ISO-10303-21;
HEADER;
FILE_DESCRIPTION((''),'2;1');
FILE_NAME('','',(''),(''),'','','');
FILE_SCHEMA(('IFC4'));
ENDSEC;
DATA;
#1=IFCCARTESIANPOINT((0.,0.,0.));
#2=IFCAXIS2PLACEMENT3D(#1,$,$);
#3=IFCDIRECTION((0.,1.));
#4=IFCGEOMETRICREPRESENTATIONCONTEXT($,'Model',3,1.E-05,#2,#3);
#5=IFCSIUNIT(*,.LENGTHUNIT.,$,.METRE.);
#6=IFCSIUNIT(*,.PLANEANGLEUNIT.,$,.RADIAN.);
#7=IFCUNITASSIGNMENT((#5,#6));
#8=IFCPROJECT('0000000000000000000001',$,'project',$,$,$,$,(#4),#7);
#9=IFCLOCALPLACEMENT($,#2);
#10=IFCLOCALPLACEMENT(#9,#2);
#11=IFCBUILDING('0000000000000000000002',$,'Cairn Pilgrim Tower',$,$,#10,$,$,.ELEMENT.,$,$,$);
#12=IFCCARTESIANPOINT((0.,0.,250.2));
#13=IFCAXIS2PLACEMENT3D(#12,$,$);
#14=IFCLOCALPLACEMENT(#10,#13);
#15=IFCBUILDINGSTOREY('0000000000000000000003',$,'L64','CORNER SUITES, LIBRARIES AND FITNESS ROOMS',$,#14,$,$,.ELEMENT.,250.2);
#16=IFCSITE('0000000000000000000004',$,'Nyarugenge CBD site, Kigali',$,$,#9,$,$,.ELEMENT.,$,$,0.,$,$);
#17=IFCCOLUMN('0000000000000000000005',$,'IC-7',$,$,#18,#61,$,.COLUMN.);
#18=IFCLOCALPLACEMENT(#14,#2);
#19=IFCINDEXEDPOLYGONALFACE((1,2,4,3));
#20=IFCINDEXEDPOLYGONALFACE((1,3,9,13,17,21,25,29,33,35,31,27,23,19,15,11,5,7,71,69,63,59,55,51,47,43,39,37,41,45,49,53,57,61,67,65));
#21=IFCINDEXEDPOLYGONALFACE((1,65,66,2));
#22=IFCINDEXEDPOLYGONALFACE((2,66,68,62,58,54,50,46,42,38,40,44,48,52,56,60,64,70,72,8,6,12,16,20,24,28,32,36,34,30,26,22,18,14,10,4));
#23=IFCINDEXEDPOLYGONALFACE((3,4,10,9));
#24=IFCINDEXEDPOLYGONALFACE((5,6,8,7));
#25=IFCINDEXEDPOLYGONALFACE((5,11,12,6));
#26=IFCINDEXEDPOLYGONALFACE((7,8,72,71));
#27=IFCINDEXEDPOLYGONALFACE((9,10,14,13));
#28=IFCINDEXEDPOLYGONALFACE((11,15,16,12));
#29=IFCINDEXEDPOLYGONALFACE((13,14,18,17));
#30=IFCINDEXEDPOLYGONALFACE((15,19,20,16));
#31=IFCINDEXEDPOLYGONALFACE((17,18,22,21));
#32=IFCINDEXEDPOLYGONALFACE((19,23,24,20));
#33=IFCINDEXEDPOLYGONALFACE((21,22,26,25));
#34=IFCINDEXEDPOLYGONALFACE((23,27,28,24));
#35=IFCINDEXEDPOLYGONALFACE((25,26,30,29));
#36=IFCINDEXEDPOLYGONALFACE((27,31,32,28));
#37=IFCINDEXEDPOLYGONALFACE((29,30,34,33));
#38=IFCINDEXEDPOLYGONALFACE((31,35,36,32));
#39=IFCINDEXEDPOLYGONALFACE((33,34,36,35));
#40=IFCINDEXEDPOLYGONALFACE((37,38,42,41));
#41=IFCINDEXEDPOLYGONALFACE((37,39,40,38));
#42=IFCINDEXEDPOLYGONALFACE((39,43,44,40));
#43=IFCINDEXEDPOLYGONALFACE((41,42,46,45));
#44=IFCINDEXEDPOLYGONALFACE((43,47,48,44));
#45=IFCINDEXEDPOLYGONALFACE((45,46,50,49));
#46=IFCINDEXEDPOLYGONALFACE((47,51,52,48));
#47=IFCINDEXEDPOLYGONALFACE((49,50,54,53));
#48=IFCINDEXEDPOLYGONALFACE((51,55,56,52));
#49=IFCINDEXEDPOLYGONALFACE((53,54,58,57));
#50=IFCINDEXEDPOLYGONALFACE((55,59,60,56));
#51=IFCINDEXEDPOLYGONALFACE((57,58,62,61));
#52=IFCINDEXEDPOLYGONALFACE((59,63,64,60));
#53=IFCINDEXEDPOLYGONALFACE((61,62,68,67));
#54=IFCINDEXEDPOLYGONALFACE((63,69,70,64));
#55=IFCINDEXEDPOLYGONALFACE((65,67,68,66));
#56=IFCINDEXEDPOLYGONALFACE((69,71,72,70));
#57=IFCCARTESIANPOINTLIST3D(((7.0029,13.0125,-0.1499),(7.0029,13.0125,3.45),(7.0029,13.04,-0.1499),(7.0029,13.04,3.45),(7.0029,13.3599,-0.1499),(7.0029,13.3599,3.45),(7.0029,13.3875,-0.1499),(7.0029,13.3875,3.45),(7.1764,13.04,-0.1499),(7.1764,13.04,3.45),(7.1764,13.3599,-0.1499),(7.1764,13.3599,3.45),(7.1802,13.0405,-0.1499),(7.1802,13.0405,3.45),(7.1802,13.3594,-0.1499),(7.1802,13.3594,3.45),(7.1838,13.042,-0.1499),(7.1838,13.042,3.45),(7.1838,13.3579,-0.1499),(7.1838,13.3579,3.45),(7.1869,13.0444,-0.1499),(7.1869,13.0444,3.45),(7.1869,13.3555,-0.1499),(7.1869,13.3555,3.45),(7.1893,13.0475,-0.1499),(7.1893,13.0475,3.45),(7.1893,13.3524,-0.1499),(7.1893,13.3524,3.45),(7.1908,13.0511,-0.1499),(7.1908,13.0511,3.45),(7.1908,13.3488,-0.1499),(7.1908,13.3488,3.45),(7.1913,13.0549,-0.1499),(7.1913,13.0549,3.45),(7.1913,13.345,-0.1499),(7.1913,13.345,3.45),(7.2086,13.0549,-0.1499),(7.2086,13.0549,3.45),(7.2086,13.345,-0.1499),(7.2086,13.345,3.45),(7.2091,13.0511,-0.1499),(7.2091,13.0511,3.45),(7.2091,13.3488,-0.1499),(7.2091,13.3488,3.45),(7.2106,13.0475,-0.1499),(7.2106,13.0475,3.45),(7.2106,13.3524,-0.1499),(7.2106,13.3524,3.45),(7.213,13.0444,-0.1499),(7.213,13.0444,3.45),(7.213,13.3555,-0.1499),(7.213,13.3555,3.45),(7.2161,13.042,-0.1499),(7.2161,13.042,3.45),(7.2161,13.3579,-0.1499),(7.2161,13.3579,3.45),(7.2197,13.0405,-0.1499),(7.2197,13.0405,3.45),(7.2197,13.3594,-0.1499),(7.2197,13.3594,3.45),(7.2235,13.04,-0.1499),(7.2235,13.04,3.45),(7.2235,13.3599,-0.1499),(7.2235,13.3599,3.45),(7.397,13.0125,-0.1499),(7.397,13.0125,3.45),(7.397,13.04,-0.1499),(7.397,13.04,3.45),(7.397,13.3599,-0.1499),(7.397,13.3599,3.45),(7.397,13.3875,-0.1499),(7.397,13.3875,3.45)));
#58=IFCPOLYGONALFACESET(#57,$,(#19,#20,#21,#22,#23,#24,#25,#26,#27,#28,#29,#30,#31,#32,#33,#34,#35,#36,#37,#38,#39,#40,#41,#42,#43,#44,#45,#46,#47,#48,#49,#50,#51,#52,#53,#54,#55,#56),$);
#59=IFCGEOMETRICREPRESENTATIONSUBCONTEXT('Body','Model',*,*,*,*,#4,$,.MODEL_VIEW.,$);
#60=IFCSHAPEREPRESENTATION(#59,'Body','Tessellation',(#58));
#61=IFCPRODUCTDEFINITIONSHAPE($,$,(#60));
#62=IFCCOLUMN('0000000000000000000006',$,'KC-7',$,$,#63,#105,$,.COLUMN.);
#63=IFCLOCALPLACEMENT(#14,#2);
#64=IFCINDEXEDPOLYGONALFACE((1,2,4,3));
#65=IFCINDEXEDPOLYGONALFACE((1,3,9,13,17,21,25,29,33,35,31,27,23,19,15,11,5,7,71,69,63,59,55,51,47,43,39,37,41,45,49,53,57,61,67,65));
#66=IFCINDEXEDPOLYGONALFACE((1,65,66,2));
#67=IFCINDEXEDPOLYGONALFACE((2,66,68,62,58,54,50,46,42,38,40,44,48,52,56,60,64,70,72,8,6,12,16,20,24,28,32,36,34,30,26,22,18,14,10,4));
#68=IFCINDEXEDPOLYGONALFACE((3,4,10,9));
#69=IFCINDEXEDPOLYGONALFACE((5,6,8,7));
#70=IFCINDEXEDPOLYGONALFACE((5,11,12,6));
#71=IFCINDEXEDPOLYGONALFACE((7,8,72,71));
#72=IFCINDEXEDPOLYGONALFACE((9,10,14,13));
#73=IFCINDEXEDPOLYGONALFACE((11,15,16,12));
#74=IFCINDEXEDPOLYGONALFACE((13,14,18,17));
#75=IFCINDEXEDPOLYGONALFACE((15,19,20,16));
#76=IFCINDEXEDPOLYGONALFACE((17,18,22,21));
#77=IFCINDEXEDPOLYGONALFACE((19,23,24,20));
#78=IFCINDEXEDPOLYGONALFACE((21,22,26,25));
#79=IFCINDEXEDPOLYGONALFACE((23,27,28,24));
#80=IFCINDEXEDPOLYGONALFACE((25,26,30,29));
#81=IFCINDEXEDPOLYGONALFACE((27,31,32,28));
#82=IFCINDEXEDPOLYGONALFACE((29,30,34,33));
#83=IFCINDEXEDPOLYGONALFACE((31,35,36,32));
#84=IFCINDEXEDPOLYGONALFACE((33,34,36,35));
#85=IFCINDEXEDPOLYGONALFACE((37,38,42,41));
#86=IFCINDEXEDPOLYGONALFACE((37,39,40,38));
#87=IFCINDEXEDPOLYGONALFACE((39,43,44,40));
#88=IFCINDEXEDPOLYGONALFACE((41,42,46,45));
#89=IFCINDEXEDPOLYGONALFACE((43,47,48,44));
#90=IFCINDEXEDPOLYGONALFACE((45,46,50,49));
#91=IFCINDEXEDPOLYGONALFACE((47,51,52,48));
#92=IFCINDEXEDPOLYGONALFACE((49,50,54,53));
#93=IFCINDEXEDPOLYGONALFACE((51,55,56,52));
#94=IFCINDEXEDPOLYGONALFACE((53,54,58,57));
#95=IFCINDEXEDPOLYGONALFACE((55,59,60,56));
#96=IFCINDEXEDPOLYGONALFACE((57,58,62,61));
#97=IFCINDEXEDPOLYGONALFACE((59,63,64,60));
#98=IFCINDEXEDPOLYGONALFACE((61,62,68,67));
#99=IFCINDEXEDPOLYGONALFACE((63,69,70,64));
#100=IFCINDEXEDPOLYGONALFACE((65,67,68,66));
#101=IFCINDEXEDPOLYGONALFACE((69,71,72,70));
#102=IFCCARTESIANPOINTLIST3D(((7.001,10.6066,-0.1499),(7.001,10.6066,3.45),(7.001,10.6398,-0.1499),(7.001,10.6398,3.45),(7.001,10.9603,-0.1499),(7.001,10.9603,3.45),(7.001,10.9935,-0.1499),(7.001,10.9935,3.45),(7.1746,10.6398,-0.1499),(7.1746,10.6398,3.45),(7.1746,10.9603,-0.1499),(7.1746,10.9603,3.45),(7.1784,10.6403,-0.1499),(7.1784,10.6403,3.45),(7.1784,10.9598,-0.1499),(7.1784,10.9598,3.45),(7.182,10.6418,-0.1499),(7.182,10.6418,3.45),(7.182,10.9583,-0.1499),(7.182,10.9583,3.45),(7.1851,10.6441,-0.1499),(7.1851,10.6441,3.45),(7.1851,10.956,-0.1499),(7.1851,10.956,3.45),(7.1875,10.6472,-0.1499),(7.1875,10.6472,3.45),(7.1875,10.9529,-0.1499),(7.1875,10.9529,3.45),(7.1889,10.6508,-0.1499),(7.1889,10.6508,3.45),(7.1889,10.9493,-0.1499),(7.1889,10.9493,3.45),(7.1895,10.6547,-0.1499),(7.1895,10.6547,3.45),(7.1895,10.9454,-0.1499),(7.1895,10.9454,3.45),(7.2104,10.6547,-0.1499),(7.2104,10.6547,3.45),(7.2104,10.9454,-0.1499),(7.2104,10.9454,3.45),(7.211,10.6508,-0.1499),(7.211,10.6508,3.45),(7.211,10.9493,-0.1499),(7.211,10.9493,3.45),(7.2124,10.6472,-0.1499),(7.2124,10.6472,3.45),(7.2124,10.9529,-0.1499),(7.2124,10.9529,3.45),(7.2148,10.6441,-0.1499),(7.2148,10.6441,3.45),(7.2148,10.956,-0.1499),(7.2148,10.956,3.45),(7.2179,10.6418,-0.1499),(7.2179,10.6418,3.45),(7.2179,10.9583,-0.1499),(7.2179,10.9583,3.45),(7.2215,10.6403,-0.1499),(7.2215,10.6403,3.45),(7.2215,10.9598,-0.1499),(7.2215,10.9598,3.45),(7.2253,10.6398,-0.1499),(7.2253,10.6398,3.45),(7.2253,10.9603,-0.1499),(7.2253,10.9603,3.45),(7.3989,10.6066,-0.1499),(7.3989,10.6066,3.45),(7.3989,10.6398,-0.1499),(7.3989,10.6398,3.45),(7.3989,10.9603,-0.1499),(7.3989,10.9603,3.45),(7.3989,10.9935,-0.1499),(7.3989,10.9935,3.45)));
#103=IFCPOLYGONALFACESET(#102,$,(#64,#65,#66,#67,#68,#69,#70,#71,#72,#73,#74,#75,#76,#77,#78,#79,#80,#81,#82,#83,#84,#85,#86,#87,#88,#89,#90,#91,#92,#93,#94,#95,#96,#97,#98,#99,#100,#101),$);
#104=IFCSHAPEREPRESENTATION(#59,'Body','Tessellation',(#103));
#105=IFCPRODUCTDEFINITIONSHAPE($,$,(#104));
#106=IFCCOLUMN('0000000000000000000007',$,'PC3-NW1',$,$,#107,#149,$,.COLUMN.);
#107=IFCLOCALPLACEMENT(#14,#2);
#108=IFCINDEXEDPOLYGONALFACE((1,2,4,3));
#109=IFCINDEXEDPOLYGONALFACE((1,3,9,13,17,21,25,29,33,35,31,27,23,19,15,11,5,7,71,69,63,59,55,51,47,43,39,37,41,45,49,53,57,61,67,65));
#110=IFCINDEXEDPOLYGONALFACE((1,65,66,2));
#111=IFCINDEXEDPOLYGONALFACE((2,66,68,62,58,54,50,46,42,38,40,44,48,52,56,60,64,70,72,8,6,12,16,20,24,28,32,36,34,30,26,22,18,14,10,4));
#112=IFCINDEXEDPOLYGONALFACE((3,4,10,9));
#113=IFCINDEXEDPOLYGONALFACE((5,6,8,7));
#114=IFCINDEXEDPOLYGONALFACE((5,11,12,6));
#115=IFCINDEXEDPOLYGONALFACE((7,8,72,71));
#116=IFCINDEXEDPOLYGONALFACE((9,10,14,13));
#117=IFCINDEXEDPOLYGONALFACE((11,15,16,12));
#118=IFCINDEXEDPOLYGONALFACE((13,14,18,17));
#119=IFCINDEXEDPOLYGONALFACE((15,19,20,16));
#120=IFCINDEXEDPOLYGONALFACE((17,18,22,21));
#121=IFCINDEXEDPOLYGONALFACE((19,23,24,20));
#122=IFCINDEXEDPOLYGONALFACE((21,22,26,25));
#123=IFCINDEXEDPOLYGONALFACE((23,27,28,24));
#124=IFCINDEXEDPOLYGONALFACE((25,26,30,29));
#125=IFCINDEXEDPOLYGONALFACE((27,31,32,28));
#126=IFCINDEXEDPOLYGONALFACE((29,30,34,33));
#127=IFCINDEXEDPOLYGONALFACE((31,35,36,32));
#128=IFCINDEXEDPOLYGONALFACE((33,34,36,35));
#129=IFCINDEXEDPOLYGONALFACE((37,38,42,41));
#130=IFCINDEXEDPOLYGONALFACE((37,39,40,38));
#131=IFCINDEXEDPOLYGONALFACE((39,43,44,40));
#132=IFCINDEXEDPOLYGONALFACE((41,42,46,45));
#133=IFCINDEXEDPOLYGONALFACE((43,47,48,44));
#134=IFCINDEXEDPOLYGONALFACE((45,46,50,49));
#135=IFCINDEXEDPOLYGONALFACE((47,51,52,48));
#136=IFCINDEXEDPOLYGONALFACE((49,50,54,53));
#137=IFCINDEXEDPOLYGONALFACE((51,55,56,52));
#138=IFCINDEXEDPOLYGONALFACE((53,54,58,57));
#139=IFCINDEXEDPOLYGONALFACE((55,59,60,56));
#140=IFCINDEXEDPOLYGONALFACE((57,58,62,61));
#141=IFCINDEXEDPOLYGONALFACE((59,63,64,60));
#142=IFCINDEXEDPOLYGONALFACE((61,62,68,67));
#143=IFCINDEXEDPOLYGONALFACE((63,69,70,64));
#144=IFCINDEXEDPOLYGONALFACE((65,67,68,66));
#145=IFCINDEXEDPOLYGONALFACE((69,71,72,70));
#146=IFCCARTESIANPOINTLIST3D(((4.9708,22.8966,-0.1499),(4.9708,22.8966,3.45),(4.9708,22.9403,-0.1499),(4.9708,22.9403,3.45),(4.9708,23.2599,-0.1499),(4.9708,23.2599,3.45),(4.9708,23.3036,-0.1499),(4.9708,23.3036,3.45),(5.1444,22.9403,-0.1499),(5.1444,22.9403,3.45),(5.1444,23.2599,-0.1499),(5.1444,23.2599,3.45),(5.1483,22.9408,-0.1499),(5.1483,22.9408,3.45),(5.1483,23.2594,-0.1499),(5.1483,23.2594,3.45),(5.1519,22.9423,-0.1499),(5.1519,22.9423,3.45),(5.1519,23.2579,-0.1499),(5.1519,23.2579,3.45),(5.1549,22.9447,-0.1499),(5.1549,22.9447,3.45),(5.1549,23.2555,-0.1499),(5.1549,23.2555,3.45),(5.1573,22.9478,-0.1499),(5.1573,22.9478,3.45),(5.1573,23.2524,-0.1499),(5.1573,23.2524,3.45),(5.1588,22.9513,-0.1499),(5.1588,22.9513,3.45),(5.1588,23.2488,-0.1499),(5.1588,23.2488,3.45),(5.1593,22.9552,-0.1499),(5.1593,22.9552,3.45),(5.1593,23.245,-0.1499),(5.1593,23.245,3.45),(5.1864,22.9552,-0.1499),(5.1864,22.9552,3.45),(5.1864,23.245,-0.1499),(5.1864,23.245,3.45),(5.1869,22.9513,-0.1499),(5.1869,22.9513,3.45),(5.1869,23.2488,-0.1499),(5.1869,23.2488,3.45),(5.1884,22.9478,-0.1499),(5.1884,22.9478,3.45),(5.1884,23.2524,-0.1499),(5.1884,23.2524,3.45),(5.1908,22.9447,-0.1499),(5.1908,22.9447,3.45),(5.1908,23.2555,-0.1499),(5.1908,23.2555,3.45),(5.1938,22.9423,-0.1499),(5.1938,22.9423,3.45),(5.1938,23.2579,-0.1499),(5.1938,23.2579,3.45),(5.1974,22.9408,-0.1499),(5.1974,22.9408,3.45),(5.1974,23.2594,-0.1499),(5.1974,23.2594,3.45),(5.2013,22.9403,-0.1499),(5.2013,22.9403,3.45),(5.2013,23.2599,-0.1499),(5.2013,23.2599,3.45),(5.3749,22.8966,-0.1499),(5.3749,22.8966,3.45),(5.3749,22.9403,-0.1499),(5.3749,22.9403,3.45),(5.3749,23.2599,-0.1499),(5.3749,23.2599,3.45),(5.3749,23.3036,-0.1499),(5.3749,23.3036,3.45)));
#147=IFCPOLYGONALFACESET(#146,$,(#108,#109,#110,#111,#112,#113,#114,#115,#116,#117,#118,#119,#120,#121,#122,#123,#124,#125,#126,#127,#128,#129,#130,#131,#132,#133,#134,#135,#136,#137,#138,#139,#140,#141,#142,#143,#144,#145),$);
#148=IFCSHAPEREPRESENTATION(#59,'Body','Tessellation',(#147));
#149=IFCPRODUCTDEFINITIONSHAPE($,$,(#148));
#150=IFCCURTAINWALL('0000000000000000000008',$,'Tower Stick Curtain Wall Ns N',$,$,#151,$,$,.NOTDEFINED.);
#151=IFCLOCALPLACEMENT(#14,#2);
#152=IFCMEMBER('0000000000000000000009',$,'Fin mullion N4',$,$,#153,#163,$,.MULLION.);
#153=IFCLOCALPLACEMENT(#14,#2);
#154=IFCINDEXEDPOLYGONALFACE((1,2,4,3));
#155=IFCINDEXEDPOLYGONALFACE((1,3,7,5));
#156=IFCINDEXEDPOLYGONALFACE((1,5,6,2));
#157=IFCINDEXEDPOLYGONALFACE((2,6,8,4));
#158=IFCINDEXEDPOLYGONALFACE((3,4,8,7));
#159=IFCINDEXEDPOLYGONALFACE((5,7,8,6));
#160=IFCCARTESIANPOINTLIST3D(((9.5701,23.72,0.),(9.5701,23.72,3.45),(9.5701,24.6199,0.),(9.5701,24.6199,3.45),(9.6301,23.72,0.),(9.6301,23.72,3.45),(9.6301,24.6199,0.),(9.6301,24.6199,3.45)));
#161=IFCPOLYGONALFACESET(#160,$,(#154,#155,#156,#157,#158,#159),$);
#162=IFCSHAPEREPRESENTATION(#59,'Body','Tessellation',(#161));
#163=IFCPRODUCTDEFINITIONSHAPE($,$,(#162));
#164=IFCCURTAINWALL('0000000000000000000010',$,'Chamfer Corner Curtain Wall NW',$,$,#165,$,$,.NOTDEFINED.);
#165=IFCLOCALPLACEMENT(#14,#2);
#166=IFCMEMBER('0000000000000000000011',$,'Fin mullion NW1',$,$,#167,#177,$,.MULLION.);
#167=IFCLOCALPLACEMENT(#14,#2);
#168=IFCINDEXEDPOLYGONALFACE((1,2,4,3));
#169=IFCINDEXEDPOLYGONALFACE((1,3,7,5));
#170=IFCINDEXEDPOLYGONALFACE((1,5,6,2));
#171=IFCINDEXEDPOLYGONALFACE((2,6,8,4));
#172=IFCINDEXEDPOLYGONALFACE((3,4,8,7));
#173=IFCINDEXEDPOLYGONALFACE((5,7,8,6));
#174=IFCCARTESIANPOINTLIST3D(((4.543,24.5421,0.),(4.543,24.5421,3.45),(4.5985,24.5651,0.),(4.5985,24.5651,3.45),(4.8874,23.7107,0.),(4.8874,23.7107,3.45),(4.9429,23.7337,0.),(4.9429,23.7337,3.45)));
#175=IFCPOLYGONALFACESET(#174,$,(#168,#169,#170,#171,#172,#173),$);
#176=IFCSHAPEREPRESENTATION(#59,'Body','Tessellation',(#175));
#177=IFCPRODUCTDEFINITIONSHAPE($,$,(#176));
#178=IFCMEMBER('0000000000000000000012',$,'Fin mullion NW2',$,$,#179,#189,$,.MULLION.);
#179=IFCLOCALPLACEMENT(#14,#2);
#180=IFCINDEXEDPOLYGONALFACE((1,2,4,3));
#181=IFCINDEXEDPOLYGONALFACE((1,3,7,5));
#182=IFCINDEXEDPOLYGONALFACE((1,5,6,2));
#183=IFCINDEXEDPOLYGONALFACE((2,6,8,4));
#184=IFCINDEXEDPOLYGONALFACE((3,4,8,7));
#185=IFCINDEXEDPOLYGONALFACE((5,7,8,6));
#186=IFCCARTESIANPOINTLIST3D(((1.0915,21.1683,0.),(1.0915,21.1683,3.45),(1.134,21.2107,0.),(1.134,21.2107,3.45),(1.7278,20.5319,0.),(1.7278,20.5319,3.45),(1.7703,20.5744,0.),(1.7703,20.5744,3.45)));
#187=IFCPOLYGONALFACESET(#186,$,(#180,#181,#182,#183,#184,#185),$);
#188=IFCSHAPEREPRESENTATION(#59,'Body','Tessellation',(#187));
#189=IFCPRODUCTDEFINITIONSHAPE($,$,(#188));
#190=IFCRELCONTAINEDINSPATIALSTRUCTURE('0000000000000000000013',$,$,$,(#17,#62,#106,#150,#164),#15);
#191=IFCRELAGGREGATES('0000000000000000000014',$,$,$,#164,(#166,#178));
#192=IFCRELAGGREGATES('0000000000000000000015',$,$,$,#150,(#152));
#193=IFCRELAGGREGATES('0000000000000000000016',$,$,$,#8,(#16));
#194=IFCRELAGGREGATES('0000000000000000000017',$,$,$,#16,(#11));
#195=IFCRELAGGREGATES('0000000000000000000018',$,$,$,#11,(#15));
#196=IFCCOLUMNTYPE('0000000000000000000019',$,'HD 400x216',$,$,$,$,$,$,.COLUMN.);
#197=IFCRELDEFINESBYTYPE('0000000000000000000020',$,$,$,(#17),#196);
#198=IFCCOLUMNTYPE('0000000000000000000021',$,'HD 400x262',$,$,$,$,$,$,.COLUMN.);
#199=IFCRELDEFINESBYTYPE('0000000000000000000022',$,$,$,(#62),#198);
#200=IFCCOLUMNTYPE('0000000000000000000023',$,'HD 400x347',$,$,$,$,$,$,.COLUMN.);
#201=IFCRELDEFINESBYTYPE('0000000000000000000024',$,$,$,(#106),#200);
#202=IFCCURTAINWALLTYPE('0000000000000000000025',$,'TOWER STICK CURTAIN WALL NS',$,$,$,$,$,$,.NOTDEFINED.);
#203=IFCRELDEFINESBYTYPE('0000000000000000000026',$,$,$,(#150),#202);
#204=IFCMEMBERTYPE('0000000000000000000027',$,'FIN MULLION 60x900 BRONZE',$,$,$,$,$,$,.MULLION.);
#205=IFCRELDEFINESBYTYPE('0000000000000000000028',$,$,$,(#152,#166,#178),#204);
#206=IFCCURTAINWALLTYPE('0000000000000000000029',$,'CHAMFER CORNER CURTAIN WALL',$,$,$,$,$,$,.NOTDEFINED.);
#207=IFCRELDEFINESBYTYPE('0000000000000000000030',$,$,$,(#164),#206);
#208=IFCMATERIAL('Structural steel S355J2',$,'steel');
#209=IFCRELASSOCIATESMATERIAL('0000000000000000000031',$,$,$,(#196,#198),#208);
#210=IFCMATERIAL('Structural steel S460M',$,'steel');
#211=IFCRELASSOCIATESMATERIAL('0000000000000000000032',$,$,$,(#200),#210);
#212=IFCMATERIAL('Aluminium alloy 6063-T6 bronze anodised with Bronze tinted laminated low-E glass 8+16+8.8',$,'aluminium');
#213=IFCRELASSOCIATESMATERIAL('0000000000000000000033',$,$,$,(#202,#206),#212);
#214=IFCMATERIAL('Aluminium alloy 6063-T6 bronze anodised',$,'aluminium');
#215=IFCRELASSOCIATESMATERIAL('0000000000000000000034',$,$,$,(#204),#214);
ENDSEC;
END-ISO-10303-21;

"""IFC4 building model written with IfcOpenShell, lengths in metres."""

from ifc_helpers import new_model, si_unit, direction, frame, origin, origin_2d, place, context, subcontext, project, spatial, rectangle, i_section, extrude, material, material_profile, profile_set, type_object, element, aggregate, save


model = new_model("IFC4")

# Units and contexts
model_context = context("Model", 3, precision=1e-05, world=origin(), true_north=direction((0.0, 1.0)))
body_context = subcontext(model_context, "Body", "Model", "MODEL_VIEW")
ifc_project = project(units=[si_unit("LENGTHUNIT", "METRE"), si_unit("PLANEANGLEUNIT", "RADIAN")], contexts=[model_context])

# Site, building, storey
site_placement = place(None, origin())
site = spatial("IfcSite", under=ifc_project, at=site_placement, Name="Nyarugenge CBD site, Kigali", CompositionType="ELEMENT", RefElevation=0.0)
building_placement = place(site_placement, origin())
building = spatial("IfcBuilding", under=site, at=building_placement, Name="Cairn Pilgrim Tower", CompositionType="ELEMENT")
storey_placement = place(building_placement, frame((0.0, 0.0, 250.2)))
storey = spatial("IfcBuildingStorey", under=building, at=storey_placement, Name="L64", Description="CORNER SUITES, LIBRARIES AND FITNESS ROOMS", CompositionType="ELEMENT", Elevation=250.2)

# Columns
ifc_material_1 = material(Name="Structural steel S355J2", Category="steel")
ifc_material_profile_1 = material_profile(ifc_material_1, i_section(OverallWidth=0.394, OverallDepth=0.375, WebThickness=0.0173, FlangeThickness=0.0276, FilletRadius=0.0149, at=origin_2d()), Name="HD 400x216")
ifc_profile_set_1 = profile_set([ifc_material_profile_1], Name="Structural steel S355J2")
column_type_1 = type_object("IfcColumnType", Name="HD 400x216", PredefinedType="COLUMN", material=ifc_profile_set_1)
column_1_placement = place(storey_placement, frame((7.2, 13.2, -0.1499), z_axis=(0.0, 0.0, 1.0), x_axis=(1.0, 0.0, 0.0)))
element("IfcColumn", 1, at=column_1_placement, inside=storey, type_object=column_type_1, Name="IC-7", PredefinedType="COLUMN", context=body_context, shape_type="SweptSolid", body=[
    extrude(i_section(OverallWidth=0.394, OverallDepth=0.375, WebThickness=0.0173, FlangeThickness=0.0276, FilletRadius=0.0149, at=origin_2d()), origin(), (0.0, 0.0, 1.0), 3.5999),
])
ifc_material_profile_2 = material_profile(ifc_material_1, i_section(OverallWidth=0.3979, OverallDepth=0.387, WebThickness=0.021, FlangeThickness=0.0332, FilletRadius=0.0149, at=origin_2d()), Name="HD 400x262")
ifc_profile_set_2 = profile_set([ifc_material_profile_2], Name="Structural steel S355J2")
column_type_2 = type_object("IfcColumnType", Name="HD 400x262", PredefinedType="COLUMN", material=ifc_profile_set_2)
column_2_placement = place(storey_placement, frame((7.2, 10.8, -0.1499), z_axis=(0.0, 0.0, 1.0), x_axis=(1.0, 0.0, 0.0)))
element("IfcColumn", 2, at=column_2_placement, inside=storey, type_object=column_type_2, Name="KC-7", PredefinedType="COLUMN", context=body_context, shape_type="SweptSolid", body=[
    extrude(i_section(OverallWidth=0.3979, OverallDepth=0.387, WebThickness=0.021, FlangeThickness=0.0332, FilletRadius=0.0149, at=origin_2d()), origin(), (0.0, 0.0, 1.0), 3.5999),
])
ifc_material_2 = material(Name="Structural steel S460M", Category="steel")
ifc_material_profile_3 = material_profile(ifc_material_2, i_section(OverallWidth=0.4041, OverallDepth=0.407, WebThickness=0.0271, FlangeThickness=0.0437, FilletRadius=0.0149, at=origin_2d()), Name="HD 400x347")
ifc_profile_set_3 = profile_set([ifc_material_profile_3], Name="Structural steel S460M")
column_type_3 = type_object("IfcColumnType", Name="HD 400x347", PredefinedType="COLUMN", material=ifc_profile_set_3)
column_3_placement = place(storey_placement, frame((5.1729, 23.1001, -0.1499), z_axis=(0.0, 0.0, 1.0), x_axis=(1.0, 0.0, 0.0)))
element("IfcColumn", 3, at=column_3_placement, inside=storey, type_object=column_type_3, Name="PC3-NW1", PredefinedType="COLUMN", context=body_context, shape_type="SweptSolid", body=[
    extrude(i_section(OverallWidth=0.4041, OverallDepth=0.407, WebThickness=0.0271, FlangeThickness=0.0437, FilletRadius=0.0149, at=origin_2d()), origin(), (0.0, 0.0, 1.0), 3.5999),
])

# Curtain wall, member
ifc_material_3 = material(Name="Aluminium alloy 6063-T6 bronze anodised with Bronze tinted laminated low-E glass 8+16+8.8", Category="aluminium")
curtain_wall_type_1 = type_object("IfcCurtainWallType", Name="TOWER STICK CURTAIN WALL NS", PredefinedType="NOTDEFINED", material=ifc_material_3)
curtain_wall_1_placement = place(storey_placement, origin())
curtain_wall_1 = element("IfcCurtainWall", 4, at=curtain_wall_1_placement, inside=storey, type_object=curtain_wall_type_1, Name="Tower Stick Curtain Wall Ns N", PredefinedType="NOTDEFINED")
ifc_material_4 = material(Name="Aluminium alloy 6063-T6 bronze anodised", Category="aluminium")
ifc_material_profile_4 = material_profile(ifc_material_4, rectangle(XDim=0.8999, YDim=0.0601, at=origin_2d()), Name="FIN MULLION 60x900 BRONZE")
ifc_profile_set_4 = profile_set([ifc_material_profile_4], Name="Aluminium alloy 6063-T6 bronze anodised")
member_type_1 = type_object("IfcMemberType", Name="FIN MULLION 60x900 BRONZE", PredefinedType="MULLION", material=ifc_profile_set_4)
member_1_placement = place(storey_placement, frame((9.6001, 24.1699, 0.0), z_axis=(0.0, 0.0, 1.0), x_axis=(0.0, 1.0, 0.0)))
member_1 = element("IfcMember", 5, at=member_1_placement, type_object=member_type_1, Name="Fin mullion N4", PredefinedType="MULLION", context=body_context, shape_type="SweptSolid", body=[
    extrude(rectangle(XDim=0.8999, YDim=0.0601, at=origin_2d()), origin(), (0.0, 0.0, 1.0), 3.45),
])

# Curtain wall, members
curtain_wall_type_2 = type_object("IfcCurtainWallType", Name="CHAMFER CORNER CURTAIN WALL", PredefinedType="NOTDEFINED", material=ifc_material_3)
curtain_wall_2_placement = place(storey_placement, origin())
curtain_wall_2 = element("IfcCurtainWall", 6, at=curtain_wall_2_placement, inside=storey, type_object=curtain_wall_type_2, Name="Chamfer Corner Curtain Wall NW", PredefinedType="NOTDEFINED")
member_2_placement = place(storey_placement, frame((4.7429, 24.1379, 0.0), z_axis=(0.0, 0.0, 1.0), x_axis=(-0.382683, 0.92388, 0.0)))
member_2 = element("IfcMember", 7, at=member_2_placement, type_object=member_type_1, Name="Fin mullion NW1", PredefinedType="MULLION", context=body_context, shape_type="SweptSolid", body=[
    extrude(rectangle(XDim=0.8999, YDim=0.0601, at=origin_2d()), origin(), (0.0, 0.0, 1.0), 3.45),
])
member_3_placement = place(storey_placement, frame((1.4309, 20.8713, 0.0), z_axis=(0.0, 0.0, 1.0), x_axis=(-0.707107, 0.707107, 0.0)))
member_3 = element("IfcMember", 8, at=member_3_placement, type_object=member_type_1, Name="Fin mullion NW2", PredefinedType="MULLION", context=body_context, shape_type="SweptSolid", body=[
    extrude(rectangle(XDim=0.8999, YDim=0.0601, at=origin_2d()), origin(), (0.0, 0.0, 1.0), 3.45),
])

aggregate(curtain_wall_2, [member_2, member_3])
aggregate(curtain_wall_1, [member_1])

save(model, "model.ifc")
